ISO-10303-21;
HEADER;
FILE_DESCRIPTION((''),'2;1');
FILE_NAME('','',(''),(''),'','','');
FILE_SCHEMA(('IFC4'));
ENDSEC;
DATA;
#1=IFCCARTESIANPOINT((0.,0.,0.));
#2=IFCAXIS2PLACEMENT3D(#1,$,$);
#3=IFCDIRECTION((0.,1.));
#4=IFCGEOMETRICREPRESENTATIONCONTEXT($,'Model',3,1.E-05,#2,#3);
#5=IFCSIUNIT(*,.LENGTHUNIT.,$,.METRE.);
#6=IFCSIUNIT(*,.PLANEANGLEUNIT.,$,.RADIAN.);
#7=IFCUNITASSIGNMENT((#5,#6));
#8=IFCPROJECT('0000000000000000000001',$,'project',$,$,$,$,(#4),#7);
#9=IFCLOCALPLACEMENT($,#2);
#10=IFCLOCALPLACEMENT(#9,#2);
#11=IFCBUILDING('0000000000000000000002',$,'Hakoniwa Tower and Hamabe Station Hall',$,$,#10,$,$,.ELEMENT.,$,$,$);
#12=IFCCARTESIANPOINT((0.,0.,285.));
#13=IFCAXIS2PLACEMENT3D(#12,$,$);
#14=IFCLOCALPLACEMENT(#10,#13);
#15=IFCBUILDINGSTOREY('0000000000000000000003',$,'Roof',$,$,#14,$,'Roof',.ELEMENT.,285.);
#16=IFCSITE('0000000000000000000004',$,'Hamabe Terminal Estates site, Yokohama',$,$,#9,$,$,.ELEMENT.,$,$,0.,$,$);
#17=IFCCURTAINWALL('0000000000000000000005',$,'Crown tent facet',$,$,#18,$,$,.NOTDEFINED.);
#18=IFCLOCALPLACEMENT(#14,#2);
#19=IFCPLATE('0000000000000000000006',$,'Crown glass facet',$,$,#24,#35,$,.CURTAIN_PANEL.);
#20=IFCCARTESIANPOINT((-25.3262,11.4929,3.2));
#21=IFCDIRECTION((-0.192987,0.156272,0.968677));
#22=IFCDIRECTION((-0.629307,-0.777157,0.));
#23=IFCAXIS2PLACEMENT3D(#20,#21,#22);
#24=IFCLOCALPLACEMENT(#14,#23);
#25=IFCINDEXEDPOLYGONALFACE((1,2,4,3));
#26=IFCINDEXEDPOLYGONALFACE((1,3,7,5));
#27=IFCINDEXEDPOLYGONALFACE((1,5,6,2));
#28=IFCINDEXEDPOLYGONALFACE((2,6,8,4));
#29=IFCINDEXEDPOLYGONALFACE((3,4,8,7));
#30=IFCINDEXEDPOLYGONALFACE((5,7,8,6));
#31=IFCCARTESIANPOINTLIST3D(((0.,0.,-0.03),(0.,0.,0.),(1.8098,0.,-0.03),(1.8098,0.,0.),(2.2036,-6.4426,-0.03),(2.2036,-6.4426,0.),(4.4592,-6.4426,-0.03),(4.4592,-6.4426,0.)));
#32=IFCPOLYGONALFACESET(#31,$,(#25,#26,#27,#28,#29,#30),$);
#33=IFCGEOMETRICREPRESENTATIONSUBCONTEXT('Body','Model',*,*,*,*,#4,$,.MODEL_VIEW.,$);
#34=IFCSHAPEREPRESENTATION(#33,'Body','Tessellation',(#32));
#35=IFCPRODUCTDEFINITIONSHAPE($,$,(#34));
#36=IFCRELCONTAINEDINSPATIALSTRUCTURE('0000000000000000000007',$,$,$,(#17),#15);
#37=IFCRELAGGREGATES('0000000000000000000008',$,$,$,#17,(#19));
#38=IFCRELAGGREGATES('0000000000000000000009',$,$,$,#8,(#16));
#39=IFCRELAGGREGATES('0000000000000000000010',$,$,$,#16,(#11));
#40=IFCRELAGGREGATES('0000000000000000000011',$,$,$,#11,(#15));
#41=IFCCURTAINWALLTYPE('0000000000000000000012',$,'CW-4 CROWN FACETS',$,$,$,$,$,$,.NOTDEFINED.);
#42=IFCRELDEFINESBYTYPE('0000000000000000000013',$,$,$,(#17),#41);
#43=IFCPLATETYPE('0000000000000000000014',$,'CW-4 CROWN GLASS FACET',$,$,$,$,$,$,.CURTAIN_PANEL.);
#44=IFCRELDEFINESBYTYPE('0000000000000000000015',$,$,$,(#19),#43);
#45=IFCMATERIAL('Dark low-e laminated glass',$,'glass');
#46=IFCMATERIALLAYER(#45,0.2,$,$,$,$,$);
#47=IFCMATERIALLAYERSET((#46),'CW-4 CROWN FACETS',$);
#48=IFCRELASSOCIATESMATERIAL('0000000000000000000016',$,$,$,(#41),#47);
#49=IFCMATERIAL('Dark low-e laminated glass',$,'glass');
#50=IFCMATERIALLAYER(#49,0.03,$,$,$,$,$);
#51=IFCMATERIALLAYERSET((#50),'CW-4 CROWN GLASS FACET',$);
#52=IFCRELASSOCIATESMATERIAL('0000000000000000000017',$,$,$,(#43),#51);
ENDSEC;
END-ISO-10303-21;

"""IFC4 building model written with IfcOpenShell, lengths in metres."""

from ifc_helpers import new_model, si_unit, direction, frame, origin, place, context, subcontext, project, spatial, polyline, outline, extrude, material, layer, layer_set, type_object, element, aggregate, save


model = new_model("IFC4")

# Units and contexts
model_context = context("Model", 3, precision=1e-05, world=origin(), true_north=direction((0.0, 1.0)))
body_context = subcontext(model_context, "Body", "Model", "MODEL_VIEW")
ifc_project = project(units=[si_unit("LENGTHUNIT", "METRE"), si_unit("PLANEANGLEUNIT", "RADIAN")], contexts=[model_context])

# Site, building, storey
site_placement = place(None, origin())
site = spatial("IfcSite", under=ifc_project, at=site_placement, Name="Hamabe Terminal Estates site, Yokohama", CompositionType="ELEMENT", RefElevation=0.0)
building_placement = place(site_placement, origin())
building = spatial("IfcBuilding", under=site, at=building_placement, Name="Hakoniwa Tower and Hamabe Station Hall", CompositionType="ELEMENT")
storey_placement = place(building_placement, frame((0.0, 0.0, 285.0)))
storey = spatial("IfcBuildingStorey", under=building, at=storey_placement, Name="Roof", LongName="Roof", CompositionType="ELEMENT", Elevation=285.0)

# Shared definitions
ifc_material_1 = material(Name="Dark low-e laminated glass", Category="glass")
ifc_layer_1 = layer(ifc_material_1, 0.2)
ifc_layer_set_1 = layer_set([ifc_layer_1], Name="CW-4 CROWN FACETS")
curtain_wall_type = type_object("IfcCurtainWallType", Name="CW-4 CROWN FACETS", PredefinedType="NOTDEFINED", material=ifc_layer_set_1)

# Shared definitions
ifc_material_2 = material(Name="Dark low-e laminated glass", Category="glass")
ifc_layer_2 = layer(ifc_material_2, 0.03)
ifc_layer_set_2 = layer_set([ifc_layer_2], Name="CW-4 CROWN GLASS FACET")
plate_type = type_object("IfcPlateType", Name="CW-4 CROWN GLASS FACET", PredefinedType="CURTAIN_PANEL", material=ifc_layer_set_2)

# Curtain wall, plate
curtain_wall_1_placement = place(storey_placement, origin())
curtain_wall_1 = element("IfcCurtainWall", 1, at=curtain_wall_1_placement, inside=storey, type_object=curtain_wall_type, Name="Crown tent facet", PredefinedType="NOTDEFINED")
plate_1_placement = place(storey_placement, frame((-25.3262, 11.4929, 3.2), z_axis=(-0.192987, 0.156272, 0.968677), x_axis=(-0.629307, -0.777157, 0.0)))
plate_1 = element("IfcPlate", 2, at=plate_1_placement, type_object=plate_type, Name="Crown glass facet", PredefinedType="CURTAIN_PANEL", context=body_context, shape_type="SweptSolid", body=[
    extrude(outline(polyline([(0.0, 0.0), (1.8098, 0.0), (4.4592, -6.4426), (2.2036, -6.4426), (0.0, 0.0)])), origin(), (0.0, 0.0, -1.0), 0.03),
])
aggregate(curtain_wall_1, [plate_1])

save(model, "model.ifc")
